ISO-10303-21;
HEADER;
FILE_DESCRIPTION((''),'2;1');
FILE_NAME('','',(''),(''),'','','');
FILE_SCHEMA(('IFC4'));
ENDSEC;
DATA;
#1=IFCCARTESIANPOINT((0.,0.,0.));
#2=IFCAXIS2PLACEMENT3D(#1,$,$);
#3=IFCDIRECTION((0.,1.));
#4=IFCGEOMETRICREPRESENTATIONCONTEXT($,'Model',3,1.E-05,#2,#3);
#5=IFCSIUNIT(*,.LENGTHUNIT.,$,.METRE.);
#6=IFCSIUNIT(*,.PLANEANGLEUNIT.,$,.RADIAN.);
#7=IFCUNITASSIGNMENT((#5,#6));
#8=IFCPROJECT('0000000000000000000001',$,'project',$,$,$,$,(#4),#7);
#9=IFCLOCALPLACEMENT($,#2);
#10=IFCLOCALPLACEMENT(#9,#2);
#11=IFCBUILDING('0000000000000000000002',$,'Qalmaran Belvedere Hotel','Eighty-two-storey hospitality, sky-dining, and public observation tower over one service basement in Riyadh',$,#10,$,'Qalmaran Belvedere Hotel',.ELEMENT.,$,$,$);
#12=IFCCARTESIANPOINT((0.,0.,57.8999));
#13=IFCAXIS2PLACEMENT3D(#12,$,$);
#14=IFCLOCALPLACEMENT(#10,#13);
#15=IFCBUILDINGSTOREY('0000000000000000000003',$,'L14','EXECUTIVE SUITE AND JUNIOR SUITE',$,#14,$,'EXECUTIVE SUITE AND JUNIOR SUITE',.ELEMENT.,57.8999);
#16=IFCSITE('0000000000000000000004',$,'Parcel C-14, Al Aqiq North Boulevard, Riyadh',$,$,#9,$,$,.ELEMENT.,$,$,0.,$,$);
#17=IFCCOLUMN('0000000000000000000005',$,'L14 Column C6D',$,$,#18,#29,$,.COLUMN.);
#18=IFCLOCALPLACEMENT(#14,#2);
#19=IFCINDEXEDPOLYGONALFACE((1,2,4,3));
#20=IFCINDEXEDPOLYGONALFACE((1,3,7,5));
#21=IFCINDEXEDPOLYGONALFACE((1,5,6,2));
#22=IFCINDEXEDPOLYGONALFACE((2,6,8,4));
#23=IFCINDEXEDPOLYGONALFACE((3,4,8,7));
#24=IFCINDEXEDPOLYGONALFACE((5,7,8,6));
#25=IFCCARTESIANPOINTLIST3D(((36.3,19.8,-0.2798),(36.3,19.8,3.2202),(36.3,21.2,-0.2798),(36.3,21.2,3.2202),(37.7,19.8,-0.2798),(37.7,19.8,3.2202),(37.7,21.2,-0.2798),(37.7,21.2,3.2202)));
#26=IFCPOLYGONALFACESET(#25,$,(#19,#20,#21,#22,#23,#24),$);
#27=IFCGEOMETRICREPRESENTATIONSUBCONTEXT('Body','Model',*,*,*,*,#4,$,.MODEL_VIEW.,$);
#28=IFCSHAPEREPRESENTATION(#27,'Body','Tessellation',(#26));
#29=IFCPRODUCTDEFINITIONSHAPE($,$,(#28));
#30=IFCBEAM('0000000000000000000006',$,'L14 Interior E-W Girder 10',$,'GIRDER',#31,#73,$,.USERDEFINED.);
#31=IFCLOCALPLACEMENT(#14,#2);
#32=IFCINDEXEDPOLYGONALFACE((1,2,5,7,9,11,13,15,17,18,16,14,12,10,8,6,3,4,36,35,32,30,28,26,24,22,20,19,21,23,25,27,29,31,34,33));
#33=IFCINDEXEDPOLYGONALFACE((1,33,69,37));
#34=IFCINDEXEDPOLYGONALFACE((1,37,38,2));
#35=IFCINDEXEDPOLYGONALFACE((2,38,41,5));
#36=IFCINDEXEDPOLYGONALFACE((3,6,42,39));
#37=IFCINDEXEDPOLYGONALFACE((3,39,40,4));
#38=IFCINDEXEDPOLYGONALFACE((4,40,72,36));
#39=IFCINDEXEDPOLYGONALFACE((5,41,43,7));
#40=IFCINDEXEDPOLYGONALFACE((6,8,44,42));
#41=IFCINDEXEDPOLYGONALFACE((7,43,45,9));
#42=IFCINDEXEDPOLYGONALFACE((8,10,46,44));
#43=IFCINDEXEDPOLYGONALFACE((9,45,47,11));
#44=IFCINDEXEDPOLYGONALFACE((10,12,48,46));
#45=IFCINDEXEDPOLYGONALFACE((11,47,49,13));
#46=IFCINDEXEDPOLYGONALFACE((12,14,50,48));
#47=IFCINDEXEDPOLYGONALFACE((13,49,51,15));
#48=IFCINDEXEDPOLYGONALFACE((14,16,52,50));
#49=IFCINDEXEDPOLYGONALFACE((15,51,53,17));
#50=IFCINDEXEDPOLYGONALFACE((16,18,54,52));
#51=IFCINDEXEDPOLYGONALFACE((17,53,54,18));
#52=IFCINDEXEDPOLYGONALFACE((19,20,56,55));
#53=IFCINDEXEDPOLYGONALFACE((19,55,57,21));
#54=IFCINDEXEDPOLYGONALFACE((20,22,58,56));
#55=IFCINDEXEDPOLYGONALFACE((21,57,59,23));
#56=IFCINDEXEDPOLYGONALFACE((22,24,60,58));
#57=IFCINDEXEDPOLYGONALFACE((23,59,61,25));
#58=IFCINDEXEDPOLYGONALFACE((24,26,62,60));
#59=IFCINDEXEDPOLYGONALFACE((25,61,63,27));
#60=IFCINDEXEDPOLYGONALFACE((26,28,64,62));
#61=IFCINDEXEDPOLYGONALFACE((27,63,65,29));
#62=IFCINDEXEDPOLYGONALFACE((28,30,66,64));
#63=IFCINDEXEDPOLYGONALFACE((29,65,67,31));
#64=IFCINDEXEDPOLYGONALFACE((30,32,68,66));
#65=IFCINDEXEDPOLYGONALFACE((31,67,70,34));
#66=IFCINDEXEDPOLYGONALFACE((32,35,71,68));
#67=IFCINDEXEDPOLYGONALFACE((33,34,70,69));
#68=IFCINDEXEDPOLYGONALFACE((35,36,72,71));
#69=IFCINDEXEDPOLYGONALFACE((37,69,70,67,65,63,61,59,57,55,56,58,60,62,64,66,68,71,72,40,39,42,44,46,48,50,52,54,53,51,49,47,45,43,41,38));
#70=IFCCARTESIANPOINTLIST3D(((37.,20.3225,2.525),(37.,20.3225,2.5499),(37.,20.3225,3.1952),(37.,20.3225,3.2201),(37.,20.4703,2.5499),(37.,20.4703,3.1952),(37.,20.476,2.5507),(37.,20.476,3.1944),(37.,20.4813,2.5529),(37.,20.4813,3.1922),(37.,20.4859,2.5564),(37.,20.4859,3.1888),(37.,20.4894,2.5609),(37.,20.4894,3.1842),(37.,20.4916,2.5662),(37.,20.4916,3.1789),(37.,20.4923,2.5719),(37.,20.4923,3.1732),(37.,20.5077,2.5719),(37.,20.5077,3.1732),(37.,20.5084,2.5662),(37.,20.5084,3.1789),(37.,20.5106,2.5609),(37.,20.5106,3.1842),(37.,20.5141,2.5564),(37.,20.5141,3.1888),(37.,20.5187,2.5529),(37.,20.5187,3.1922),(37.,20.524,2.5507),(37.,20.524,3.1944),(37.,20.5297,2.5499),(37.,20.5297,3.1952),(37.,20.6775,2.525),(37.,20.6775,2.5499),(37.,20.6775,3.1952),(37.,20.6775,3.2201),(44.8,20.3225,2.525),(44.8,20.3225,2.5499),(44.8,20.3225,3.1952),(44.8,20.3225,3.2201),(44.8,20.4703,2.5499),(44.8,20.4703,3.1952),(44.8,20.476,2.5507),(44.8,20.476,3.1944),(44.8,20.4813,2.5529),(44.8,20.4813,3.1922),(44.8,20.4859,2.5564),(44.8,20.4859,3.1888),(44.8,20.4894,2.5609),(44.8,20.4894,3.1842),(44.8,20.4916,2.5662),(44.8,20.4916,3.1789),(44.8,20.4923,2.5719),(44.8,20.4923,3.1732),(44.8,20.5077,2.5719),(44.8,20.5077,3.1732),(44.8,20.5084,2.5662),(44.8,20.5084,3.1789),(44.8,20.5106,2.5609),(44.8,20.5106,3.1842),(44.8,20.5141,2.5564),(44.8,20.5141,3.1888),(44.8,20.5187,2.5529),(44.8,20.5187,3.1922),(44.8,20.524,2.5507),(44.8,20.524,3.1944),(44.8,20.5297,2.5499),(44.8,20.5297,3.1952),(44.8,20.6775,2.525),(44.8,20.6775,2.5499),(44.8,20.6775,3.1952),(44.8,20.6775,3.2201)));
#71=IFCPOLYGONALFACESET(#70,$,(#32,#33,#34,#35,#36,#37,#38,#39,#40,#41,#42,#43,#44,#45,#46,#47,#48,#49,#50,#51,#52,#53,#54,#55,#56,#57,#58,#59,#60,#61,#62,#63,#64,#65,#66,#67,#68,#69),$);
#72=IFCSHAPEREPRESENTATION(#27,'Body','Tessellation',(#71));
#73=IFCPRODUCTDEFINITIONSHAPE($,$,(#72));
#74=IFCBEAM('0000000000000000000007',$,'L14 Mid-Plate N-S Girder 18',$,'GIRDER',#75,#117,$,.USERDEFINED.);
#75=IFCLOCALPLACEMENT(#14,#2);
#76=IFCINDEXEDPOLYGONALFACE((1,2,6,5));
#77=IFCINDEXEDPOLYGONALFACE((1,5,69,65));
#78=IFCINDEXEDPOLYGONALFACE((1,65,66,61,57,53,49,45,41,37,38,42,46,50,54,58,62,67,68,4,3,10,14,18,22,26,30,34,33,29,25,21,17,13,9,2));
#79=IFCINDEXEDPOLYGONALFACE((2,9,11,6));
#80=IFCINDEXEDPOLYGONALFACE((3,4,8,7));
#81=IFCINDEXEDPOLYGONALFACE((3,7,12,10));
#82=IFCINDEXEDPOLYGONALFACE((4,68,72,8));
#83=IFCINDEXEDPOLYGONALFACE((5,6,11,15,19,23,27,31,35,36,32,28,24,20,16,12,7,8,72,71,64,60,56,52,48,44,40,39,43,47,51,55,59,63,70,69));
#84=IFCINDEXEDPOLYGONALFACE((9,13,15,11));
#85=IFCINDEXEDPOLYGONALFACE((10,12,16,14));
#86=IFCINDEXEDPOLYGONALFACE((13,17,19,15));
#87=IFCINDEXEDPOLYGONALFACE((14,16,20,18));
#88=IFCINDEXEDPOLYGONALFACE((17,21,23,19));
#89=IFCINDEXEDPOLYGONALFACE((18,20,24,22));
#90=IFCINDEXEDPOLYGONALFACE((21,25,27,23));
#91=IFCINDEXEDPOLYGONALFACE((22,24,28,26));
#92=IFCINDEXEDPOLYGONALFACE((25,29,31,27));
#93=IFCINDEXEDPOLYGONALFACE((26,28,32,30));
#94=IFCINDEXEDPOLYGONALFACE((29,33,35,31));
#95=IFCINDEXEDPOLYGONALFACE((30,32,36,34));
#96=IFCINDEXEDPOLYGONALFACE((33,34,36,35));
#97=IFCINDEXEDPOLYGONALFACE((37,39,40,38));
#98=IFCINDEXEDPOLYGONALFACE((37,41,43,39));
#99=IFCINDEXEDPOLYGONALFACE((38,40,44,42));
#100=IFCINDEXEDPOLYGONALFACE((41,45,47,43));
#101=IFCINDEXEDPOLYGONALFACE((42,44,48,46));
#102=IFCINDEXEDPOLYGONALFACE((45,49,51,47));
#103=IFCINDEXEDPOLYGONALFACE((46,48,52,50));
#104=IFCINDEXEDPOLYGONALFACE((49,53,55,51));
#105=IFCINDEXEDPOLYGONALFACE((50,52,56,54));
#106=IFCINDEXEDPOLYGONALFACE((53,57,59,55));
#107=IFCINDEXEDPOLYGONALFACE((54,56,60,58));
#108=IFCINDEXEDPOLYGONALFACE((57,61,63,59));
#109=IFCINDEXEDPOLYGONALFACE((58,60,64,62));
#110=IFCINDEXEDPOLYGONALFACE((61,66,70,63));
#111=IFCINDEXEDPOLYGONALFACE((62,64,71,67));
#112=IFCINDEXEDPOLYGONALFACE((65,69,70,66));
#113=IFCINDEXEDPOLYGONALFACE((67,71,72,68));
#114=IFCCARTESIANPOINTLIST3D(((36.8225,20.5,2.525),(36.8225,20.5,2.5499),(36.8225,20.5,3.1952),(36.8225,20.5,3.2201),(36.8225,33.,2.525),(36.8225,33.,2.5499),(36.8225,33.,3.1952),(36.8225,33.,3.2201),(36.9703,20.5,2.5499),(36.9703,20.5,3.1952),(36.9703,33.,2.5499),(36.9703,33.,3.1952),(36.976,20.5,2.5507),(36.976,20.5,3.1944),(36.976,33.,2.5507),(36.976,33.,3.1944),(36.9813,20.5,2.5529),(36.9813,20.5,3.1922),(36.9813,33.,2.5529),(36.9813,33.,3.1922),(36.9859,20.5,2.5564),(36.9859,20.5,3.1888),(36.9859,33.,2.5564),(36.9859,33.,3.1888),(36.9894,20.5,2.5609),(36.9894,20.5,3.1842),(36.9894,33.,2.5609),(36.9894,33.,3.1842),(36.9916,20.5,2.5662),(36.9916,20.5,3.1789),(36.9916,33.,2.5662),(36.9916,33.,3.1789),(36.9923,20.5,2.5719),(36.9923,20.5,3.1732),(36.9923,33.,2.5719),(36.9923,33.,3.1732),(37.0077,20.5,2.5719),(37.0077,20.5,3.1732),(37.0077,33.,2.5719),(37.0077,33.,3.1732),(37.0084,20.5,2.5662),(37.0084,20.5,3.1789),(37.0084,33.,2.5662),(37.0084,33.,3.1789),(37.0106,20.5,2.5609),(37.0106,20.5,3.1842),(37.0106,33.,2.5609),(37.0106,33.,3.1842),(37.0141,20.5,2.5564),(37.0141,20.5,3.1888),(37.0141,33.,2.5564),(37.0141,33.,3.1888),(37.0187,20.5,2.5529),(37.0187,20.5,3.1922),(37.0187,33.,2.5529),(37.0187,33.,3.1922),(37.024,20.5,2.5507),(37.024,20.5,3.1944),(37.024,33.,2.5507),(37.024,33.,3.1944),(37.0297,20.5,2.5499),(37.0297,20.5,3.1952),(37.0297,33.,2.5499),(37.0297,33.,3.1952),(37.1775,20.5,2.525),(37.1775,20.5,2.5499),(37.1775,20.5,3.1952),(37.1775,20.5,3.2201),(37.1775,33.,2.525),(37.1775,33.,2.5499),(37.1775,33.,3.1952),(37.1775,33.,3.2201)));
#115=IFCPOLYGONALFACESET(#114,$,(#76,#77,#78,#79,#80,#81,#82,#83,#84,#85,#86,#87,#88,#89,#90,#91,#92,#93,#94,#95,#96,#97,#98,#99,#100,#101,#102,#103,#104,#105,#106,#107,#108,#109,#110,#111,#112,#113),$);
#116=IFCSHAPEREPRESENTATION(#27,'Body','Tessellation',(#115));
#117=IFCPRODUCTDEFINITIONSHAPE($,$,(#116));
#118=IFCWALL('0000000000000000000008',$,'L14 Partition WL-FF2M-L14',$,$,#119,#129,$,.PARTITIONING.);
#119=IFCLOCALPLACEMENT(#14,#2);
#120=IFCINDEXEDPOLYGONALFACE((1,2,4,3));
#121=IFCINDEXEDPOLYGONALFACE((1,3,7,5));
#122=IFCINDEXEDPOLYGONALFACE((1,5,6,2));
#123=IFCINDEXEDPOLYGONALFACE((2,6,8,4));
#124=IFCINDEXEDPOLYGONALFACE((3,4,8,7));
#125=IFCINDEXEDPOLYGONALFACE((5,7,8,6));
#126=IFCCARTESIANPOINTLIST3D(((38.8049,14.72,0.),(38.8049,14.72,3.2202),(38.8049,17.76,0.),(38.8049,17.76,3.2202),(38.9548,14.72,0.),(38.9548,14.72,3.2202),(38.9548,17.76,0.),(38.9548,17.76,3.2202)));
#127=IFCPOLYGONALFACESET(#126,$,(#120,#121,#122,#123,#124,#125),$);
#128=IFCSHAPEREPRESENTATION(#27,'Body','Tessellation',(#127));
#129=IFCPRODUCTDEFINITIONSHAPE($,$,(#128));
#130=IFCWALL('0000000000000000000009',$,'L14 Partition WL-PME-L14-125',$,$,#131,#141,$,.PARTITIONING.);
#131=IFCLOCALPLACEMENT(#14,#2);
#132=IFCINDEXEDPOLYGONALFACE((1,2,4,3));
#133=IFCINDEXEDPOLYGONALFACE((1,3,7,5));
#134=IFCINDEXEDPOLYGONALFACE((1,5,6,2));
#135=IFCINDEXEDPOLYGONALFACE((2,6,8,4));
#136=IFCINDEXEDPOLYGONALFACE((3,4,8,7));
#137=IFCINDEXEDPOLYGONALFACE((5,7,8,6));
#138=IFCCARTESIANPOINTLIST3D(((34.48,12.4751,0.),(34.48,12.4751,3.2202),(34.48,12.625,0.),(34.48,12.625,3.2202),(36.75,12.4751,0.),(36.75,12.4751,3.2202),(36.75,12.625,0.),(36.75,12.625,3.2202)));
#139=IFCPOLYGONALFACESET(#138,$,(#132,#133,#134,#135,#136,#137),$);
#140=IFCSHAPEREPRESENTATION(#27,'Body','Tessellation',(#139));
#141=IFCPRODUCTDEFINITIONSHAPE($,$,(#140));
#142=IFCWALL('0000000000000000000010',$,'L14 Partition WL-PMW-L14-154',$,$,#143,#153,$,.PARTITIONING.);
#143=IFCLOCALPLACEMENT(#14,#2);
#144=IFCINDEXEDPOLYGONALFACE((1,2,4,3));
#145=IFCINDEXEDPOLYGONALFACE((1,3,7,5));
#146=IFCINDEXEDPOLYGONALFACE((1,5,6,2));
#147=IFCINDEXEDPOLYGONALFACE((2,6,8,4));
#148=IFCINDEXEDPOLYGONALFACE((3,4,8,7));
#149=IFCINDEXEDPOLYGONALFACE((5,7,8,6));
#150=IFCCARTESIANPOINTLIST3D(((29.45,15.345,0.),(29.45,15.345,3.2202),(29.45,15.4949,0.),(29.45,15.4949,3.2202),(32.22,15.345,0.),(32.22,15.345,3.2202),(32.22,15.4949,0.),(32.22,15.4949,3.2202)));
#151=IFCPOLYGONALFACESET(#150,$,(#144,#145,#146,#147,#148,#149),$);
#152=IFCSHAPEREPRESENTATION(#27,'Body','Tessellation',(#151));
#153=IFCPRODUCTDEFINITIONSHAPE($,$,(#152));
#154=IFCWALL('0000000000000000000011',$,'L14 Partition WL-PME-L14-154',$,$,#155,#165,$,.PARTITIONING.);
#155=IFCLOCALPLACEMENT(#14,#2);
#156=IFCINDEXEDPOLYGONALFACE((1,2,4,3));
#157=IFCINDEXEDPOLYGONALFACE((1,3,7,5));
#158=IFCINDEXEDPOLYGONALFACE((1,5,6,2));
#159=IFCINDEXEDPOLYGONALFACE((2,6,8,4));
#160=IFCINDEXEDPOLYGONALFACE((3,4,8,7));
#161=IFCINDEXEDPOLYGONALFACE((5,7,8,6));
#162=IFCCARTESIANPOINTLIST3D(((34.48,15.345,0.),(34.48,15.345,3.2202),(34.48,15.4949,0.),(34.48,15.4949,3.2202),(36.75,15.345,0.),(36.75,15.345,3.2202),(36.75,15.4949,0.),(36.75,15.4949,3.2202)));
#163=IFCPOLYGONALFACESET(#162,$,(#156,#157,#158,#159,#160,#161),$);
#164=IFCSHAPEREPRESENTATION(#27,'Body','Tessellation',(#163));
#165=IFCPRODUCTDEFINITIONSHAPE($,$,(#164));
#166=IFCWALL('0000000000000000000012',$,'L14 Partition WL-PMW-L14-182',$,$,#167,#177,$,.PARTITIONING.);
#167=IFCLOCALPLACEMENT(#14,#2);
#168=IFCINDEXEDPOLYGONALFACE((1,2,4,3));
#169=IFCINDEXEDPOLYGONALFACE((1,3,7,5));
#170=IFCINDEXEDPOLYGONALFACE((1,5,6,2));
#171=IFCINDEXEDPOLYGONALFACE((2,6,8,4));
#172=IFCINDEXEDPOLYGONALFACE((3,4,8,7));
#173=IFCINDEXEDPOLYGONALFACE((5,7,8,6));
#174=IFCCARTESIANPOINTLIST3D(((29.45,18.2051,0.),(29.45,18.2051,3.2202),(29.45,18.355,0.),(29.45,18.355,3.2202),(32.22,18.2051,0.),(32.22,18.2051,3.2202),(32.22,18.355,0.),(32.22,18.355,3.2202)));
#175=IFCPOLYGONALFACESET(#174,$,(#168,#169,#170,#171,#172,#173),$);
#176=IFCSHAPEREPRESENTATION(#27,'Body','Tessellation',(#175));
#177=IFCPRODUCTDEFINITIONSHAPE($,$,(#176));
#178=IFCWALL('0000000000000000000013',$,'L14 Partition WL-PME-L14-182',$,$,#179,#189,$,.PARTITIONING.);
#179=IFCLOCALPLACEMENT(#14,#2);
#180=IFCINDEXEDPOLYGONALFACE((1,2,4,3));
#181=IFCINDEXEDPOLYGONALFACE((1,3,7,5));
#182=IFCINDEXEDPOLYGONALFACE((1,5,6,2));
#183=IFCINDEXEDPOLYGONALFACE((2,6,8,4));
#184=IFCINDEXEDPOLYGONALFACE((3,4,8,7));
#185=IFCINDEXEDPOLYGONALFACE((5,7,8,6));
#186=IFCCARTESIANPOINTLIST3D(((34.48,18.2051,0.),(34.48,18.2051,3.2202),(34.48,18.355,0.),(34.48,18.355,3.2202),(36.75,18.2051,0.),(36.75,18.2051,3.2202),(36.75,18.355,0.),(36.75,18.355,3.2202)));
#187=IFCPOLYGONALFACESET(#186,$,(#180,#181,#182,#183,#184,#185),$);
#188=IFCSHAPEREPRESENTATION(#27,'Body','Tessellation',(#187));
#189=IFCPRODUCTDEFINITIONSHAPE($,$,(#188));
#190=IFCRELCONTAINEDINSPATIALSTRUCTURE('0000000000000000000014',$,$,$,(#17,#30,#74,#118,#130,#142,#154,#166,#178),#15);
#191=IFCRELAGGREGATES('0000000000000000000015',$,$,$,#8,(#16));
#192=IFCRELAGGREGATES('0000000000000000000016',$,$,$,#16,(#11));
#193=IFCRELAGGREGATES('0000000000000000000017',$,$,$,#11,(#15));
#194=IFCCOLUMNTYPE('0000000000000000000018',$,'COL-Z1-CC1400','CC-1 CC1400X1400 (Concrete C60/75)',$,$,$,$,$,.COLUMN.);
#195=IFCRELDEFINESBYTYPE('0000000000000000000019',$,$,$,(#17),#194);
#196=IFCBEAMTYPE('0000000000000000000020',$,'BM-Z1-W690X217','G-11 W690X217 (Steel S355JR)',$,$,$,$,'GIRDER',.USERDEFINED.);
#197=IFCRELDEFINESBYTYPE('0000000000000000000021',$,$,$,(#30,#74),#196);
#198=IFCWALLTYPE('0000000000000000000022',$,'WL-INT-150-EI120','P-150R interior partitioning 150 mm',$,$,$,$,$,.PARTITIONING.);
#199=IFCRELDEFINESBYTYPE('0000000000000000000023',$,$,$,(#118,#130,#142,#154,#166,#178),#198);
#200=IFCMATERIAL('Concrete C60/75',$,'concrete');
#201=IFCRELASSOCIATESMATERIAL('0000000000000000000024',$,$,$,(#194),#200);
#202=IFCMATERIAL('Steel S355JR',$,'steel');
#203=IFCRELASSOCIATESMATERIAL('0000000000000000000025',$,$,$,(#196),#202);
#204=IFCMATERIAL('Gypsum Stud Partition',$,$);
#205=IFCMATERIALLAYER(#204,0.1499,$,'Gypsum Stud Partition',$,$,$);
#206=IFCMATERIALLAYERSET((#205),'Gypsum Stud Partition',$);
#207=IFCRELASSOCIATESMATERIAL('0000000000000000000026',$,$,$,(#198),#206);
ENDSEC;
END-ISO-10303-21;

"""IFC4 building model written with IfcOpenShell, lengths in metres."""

from ifc_helpers import new_model, si_unit, direction, frame, frame_2d, origin, origin_2d, place, context, subcontext, project, spatial, rectangle, i_section, extrude, material, layer, layer_set, material_profile, profile_set, type_object, element, save


model = new_model("IFC4")

# Units and contexts
model_context = context("Model", 3, precision=1e-05, world=origin(), true_north=direction((0.0, 1.0)))
body_context = subcontext(model_context, "Body", "Model", "MODEL_VIEW")
ifc_project = project(units=[si_unit("LENGTHUNIT", "METRE"), si_unit("PLANEANGLEUNIT", "RADIAN")], contexts=[model_context])

# Site, building, storey
site_placement = place(None, origin())
site = spatial("IfcSite", under=ifc_project, at=site_placement, Name="Parcel C-14, Al Aqiq North Boulevard, Riyadh", CompositionType="ELEMENT", RefElevation=0.0)
building_placement = place(site_placement, origin())
building = spatial("IfcBuilding", under=site, at=building_placement, Name="Qalmaran Belvedere Hotel", Description="Eighty-two-storey hospitality, sky-dining, and public observation tower over one service basement in Riyadh", LongName="Qalmaran Belvedere Hotel", CompositionType="ELEMENT")
storey_placement = place(building_placement, frame((0.0, 0.0, 57.8999)))
storey = spatial("IfcBuildingStorey", under=building, at=storey_placement, Name="L14", Description="EXECUTIVE SUITE AND JUNIOR SUITE", LongName="EXECUTIVE SUITE AND JUNIOR SUITE", CompositionType="ELEMENT", Elevation=57.8999)

# Column
ifc_material_1 = material(Name="Concrete C60/75", Category="concrete")
ifc_material_profile_1 = material_profile(ifc_material_1, rectangle(XDim=1.3999, YDim=1.3999, at=origin_2d()), Name="CC1400X1400")
ifc_profile_set_1 = profile_set([ifc_material_profile_1], Name="Concrete C60/75")
column_type = type_object("IfcColumnType", Name="COL-Z1-CC1400", Description="CC-1 CC1400X1400 (Concrete C60/75)", PredefinedType="COLUMN", material=ifc_profile_set_1)
column_placement = place(storey_placement, frame((37.0, 20.5, -0.2798), z_axis=(0.0, 0.0, 1.0), x_axis=(1.0, 0.0, 0.0)))
element("IfcColumn", 1, at=column_placement, inside=storey, type_object=column_type, Name="L14 Column C6D", PredefinedType="COLUMN", context=body_context, shape_type="SweptSolid", body=[
    extrude(rectangle(XDim=1.3999, YDim=1.3999, at=origin_2d()), origin(), (0.0, 0.0, 1.0), 3.5),
])

# Beams
ifc_material_2 = material(Name="Steel S355JR", Category="steel")
ifc_material_profile_2 = material_profile(ifc_material_2, i_section(OverallWidth=0.355, OverallDepth=0.6951, WebThickness=0.0154, FlangeThickness=0.0249, FilletRadius=0.022, at=origin_2d()), Name="W690X217")
ifc_profile_set_2 = profile_set([ifc_material_profile_2], Name="Steel S355JR")
beam_type = type_object("IfcBeamType", Name="BM-Z1-W690X217", Description="G-11 W690X217 (Steel S355JR)", ElementType="GIRDER", PredefinedType="USERDEFINED", material=ifc_profile_set_2)
beam_1_placement = place(storey_placement, frame((37.0, 20.5, 2.8726), z_axis=(1.0, 0.0, 0.0), x_axis=(0.0, 1.0, 0.0)))
element("IfcBeam", 2, at=beam_1_placement, inside=storey, type_object=beam_type, Name="L14 Interior E-W Girder 10", ObjectType="GIRDER", PredefinedType="USERDEFINED", context=body_context, shape_type="SweptSolid", body=[
    extrude(i_section(OverallWidth=0.355, OverallDepth=0.6951, WebThickness=0.0154, FlangeThickness=0.0249, FilletRadius=0.022, at=origin_2d()), origin(), (0.0, 0.0, 1.0), 7.8),
])
beam_2_placement = place(storey_placement, frame((37.0, 20.5, 2.8726), z_axis=(0.0, 1.0, 0.0), x_axis=(-1.0, 0.0, 0.0)))
element("IfcBeam", 3, at=beam_2_placement, inside=storey, type_object=beam_type, Name="L14 Mid-Plate N-S Girder 18", ObjectType="GIRDER", PredefinedType="USERDEFINED", context=body_context, shape_type="SweptSolid", body=[
    extrude(i_section(OverallWidth=0.355, OverallDepth=0.6951, WebThickness=0.0154, FlangeThickness=0.0249, FilletRadius=0.022, at=origin_2d()), origin(), (0.0, 0.0, 1.0), 12.5),
])

# Walls
ifc_material_3 = material(Name="Gypsum Stud Partition")
ifc_layer_1 = layer(ifc_material_3, 0.1499, Name="Gypsum Stud Partition")
ifc_layer_set_1 = layer_set([ifc_layer_1], Name="Gypsum Stud Partition")
wall_type_1 = type_object("IfcWallType", Name="WL-INT-150-EI120", Description="P-150R interior partitioning 150 mm", PredefinedType="PARTITIONING", material=ifc_layer_set_1)
wall_1_placement = place(storey_placement, frame((38.8799, 14.72, 0.0), z_axis=(0.0, 0.0, 1.0), x_axis=(0.0, 1.0, 0.0)))
element("IfcWall", 4, at=wall_1_placement, inside=storey, type_object=wall_type_1, Name="L14 Partition WL-FF2M-L14", PredefinedType="PARTITIONING", context=body_context, shape_type="SweptSolid", body=[
    extrude(rectangle(XDim=3.04, YDim=0.1499, at=frame_2d((1.52, 0.0))), origin(), (0.0, 0.0, 1.0), 3.2202),
])
wall_2_placement = place(storey_placement, frame((34.48, 12.55, 0.0), z_axis=(0.0, 0.0, 1.0), x_axis=(1.0, 0.0, 0.0)))
element("IfcWall", 5, at=wall_2_placement, inside=storey, type_object=wall_type_1, Name="L14 Partition WL-PME-L14-125", PredefinedType="PARTITIONING", context=body_context, shape_type="SweptSolid", body=[
    extrude(rectangle(XDim=2.27, YDim=0.1499, at=frame_2d((1.135, 0.0))), origin(), (0.0, 0.0, 1.0), 3.2202),
])
wall_3_placement = place(storey_placement, frame((29.45, 15.4199, 0.0), z_axis=(0.0, 0.0, 1.0), x_axis=(1.0, 0.0, 0.0)))
element("IfcWall", 6, at=wall_3_placement, inside=storey, type_object=wall_type_1, Name="L14 Partition WL-PMW-L14-154", PredefinedType="PARTITIONING", context=body_context, shape_type="SweptSolid", body=[
    extrude(rectangle(XDim=2.77, YDim=0.1499, at=frame_2d((1.385, 0.0))), origin(), (0.0, 0.0, 1.0), 3.2202),
])
wall_4_placement = place(storey_placement, frame((34.48, 15.4199, 0.0), z_axis=(0.0, 0.0, 1.0), x_axis=(1.0, 0.0, 0.0)))
element("IfcWall", 7, at=wall_4_placement, inside=storey, type_object=wall_type_1, Name="L14 Partition WL-PME-L14-154", PredefinedType="PARTITIONING", context=body_context, shape_type="SweptSolid", body=[
    extrude(rectangle(XDim=2.27, YDim=0.1499, at=frame_2d((1.135, 0.0))), origin(), (0.0, 0.0, 1.0), 3.2202),
])
wall_5_placement = place(storey_placement, frame((29.45, 18.28, 0.0), z_axis=(0.0, 0.0, 1.0), x_axis=(1.0, 0.0, 0.0)))
element("IfcWall", 8, at=wall_5_placement, inside=storey, type_object=wall_type_1, Name="L14 Partition WL-PMW-L14-182", PredefinedType="PARTITIONING", context=body_context, shape_type="SweptSolid", body=[
    extrude(rectangle(XDim=2.77, YDim=0.1499, at=frame_2d((1.385, 0.0))), origin(), (0.0, 0.0, 1.0), 3.2202),
])
wall_6_placement = place(storey_placement, frame((34.48, 18.28, 0.0), z_axis=(0.0, 0.0, 1.0), x_axis=(1.0, 0.0, 0.0)))
element("IfcWall", 9, at=wall_6_placement, inside=storey, type_object=wall_type_1, Name="L14 Partition WL-PME-L14-182", PredefinedType="PARTITIONING", context=body_context, shape_type="SweptSolid", body=[
    extrude(rectangle(XDim=2.27, YDim=0.1499, at=frame_2d((1.135, 0.0))), origin(), (0.0, 0.0, 1.0), 3.2202),
])

save(model, "model.ifc")
